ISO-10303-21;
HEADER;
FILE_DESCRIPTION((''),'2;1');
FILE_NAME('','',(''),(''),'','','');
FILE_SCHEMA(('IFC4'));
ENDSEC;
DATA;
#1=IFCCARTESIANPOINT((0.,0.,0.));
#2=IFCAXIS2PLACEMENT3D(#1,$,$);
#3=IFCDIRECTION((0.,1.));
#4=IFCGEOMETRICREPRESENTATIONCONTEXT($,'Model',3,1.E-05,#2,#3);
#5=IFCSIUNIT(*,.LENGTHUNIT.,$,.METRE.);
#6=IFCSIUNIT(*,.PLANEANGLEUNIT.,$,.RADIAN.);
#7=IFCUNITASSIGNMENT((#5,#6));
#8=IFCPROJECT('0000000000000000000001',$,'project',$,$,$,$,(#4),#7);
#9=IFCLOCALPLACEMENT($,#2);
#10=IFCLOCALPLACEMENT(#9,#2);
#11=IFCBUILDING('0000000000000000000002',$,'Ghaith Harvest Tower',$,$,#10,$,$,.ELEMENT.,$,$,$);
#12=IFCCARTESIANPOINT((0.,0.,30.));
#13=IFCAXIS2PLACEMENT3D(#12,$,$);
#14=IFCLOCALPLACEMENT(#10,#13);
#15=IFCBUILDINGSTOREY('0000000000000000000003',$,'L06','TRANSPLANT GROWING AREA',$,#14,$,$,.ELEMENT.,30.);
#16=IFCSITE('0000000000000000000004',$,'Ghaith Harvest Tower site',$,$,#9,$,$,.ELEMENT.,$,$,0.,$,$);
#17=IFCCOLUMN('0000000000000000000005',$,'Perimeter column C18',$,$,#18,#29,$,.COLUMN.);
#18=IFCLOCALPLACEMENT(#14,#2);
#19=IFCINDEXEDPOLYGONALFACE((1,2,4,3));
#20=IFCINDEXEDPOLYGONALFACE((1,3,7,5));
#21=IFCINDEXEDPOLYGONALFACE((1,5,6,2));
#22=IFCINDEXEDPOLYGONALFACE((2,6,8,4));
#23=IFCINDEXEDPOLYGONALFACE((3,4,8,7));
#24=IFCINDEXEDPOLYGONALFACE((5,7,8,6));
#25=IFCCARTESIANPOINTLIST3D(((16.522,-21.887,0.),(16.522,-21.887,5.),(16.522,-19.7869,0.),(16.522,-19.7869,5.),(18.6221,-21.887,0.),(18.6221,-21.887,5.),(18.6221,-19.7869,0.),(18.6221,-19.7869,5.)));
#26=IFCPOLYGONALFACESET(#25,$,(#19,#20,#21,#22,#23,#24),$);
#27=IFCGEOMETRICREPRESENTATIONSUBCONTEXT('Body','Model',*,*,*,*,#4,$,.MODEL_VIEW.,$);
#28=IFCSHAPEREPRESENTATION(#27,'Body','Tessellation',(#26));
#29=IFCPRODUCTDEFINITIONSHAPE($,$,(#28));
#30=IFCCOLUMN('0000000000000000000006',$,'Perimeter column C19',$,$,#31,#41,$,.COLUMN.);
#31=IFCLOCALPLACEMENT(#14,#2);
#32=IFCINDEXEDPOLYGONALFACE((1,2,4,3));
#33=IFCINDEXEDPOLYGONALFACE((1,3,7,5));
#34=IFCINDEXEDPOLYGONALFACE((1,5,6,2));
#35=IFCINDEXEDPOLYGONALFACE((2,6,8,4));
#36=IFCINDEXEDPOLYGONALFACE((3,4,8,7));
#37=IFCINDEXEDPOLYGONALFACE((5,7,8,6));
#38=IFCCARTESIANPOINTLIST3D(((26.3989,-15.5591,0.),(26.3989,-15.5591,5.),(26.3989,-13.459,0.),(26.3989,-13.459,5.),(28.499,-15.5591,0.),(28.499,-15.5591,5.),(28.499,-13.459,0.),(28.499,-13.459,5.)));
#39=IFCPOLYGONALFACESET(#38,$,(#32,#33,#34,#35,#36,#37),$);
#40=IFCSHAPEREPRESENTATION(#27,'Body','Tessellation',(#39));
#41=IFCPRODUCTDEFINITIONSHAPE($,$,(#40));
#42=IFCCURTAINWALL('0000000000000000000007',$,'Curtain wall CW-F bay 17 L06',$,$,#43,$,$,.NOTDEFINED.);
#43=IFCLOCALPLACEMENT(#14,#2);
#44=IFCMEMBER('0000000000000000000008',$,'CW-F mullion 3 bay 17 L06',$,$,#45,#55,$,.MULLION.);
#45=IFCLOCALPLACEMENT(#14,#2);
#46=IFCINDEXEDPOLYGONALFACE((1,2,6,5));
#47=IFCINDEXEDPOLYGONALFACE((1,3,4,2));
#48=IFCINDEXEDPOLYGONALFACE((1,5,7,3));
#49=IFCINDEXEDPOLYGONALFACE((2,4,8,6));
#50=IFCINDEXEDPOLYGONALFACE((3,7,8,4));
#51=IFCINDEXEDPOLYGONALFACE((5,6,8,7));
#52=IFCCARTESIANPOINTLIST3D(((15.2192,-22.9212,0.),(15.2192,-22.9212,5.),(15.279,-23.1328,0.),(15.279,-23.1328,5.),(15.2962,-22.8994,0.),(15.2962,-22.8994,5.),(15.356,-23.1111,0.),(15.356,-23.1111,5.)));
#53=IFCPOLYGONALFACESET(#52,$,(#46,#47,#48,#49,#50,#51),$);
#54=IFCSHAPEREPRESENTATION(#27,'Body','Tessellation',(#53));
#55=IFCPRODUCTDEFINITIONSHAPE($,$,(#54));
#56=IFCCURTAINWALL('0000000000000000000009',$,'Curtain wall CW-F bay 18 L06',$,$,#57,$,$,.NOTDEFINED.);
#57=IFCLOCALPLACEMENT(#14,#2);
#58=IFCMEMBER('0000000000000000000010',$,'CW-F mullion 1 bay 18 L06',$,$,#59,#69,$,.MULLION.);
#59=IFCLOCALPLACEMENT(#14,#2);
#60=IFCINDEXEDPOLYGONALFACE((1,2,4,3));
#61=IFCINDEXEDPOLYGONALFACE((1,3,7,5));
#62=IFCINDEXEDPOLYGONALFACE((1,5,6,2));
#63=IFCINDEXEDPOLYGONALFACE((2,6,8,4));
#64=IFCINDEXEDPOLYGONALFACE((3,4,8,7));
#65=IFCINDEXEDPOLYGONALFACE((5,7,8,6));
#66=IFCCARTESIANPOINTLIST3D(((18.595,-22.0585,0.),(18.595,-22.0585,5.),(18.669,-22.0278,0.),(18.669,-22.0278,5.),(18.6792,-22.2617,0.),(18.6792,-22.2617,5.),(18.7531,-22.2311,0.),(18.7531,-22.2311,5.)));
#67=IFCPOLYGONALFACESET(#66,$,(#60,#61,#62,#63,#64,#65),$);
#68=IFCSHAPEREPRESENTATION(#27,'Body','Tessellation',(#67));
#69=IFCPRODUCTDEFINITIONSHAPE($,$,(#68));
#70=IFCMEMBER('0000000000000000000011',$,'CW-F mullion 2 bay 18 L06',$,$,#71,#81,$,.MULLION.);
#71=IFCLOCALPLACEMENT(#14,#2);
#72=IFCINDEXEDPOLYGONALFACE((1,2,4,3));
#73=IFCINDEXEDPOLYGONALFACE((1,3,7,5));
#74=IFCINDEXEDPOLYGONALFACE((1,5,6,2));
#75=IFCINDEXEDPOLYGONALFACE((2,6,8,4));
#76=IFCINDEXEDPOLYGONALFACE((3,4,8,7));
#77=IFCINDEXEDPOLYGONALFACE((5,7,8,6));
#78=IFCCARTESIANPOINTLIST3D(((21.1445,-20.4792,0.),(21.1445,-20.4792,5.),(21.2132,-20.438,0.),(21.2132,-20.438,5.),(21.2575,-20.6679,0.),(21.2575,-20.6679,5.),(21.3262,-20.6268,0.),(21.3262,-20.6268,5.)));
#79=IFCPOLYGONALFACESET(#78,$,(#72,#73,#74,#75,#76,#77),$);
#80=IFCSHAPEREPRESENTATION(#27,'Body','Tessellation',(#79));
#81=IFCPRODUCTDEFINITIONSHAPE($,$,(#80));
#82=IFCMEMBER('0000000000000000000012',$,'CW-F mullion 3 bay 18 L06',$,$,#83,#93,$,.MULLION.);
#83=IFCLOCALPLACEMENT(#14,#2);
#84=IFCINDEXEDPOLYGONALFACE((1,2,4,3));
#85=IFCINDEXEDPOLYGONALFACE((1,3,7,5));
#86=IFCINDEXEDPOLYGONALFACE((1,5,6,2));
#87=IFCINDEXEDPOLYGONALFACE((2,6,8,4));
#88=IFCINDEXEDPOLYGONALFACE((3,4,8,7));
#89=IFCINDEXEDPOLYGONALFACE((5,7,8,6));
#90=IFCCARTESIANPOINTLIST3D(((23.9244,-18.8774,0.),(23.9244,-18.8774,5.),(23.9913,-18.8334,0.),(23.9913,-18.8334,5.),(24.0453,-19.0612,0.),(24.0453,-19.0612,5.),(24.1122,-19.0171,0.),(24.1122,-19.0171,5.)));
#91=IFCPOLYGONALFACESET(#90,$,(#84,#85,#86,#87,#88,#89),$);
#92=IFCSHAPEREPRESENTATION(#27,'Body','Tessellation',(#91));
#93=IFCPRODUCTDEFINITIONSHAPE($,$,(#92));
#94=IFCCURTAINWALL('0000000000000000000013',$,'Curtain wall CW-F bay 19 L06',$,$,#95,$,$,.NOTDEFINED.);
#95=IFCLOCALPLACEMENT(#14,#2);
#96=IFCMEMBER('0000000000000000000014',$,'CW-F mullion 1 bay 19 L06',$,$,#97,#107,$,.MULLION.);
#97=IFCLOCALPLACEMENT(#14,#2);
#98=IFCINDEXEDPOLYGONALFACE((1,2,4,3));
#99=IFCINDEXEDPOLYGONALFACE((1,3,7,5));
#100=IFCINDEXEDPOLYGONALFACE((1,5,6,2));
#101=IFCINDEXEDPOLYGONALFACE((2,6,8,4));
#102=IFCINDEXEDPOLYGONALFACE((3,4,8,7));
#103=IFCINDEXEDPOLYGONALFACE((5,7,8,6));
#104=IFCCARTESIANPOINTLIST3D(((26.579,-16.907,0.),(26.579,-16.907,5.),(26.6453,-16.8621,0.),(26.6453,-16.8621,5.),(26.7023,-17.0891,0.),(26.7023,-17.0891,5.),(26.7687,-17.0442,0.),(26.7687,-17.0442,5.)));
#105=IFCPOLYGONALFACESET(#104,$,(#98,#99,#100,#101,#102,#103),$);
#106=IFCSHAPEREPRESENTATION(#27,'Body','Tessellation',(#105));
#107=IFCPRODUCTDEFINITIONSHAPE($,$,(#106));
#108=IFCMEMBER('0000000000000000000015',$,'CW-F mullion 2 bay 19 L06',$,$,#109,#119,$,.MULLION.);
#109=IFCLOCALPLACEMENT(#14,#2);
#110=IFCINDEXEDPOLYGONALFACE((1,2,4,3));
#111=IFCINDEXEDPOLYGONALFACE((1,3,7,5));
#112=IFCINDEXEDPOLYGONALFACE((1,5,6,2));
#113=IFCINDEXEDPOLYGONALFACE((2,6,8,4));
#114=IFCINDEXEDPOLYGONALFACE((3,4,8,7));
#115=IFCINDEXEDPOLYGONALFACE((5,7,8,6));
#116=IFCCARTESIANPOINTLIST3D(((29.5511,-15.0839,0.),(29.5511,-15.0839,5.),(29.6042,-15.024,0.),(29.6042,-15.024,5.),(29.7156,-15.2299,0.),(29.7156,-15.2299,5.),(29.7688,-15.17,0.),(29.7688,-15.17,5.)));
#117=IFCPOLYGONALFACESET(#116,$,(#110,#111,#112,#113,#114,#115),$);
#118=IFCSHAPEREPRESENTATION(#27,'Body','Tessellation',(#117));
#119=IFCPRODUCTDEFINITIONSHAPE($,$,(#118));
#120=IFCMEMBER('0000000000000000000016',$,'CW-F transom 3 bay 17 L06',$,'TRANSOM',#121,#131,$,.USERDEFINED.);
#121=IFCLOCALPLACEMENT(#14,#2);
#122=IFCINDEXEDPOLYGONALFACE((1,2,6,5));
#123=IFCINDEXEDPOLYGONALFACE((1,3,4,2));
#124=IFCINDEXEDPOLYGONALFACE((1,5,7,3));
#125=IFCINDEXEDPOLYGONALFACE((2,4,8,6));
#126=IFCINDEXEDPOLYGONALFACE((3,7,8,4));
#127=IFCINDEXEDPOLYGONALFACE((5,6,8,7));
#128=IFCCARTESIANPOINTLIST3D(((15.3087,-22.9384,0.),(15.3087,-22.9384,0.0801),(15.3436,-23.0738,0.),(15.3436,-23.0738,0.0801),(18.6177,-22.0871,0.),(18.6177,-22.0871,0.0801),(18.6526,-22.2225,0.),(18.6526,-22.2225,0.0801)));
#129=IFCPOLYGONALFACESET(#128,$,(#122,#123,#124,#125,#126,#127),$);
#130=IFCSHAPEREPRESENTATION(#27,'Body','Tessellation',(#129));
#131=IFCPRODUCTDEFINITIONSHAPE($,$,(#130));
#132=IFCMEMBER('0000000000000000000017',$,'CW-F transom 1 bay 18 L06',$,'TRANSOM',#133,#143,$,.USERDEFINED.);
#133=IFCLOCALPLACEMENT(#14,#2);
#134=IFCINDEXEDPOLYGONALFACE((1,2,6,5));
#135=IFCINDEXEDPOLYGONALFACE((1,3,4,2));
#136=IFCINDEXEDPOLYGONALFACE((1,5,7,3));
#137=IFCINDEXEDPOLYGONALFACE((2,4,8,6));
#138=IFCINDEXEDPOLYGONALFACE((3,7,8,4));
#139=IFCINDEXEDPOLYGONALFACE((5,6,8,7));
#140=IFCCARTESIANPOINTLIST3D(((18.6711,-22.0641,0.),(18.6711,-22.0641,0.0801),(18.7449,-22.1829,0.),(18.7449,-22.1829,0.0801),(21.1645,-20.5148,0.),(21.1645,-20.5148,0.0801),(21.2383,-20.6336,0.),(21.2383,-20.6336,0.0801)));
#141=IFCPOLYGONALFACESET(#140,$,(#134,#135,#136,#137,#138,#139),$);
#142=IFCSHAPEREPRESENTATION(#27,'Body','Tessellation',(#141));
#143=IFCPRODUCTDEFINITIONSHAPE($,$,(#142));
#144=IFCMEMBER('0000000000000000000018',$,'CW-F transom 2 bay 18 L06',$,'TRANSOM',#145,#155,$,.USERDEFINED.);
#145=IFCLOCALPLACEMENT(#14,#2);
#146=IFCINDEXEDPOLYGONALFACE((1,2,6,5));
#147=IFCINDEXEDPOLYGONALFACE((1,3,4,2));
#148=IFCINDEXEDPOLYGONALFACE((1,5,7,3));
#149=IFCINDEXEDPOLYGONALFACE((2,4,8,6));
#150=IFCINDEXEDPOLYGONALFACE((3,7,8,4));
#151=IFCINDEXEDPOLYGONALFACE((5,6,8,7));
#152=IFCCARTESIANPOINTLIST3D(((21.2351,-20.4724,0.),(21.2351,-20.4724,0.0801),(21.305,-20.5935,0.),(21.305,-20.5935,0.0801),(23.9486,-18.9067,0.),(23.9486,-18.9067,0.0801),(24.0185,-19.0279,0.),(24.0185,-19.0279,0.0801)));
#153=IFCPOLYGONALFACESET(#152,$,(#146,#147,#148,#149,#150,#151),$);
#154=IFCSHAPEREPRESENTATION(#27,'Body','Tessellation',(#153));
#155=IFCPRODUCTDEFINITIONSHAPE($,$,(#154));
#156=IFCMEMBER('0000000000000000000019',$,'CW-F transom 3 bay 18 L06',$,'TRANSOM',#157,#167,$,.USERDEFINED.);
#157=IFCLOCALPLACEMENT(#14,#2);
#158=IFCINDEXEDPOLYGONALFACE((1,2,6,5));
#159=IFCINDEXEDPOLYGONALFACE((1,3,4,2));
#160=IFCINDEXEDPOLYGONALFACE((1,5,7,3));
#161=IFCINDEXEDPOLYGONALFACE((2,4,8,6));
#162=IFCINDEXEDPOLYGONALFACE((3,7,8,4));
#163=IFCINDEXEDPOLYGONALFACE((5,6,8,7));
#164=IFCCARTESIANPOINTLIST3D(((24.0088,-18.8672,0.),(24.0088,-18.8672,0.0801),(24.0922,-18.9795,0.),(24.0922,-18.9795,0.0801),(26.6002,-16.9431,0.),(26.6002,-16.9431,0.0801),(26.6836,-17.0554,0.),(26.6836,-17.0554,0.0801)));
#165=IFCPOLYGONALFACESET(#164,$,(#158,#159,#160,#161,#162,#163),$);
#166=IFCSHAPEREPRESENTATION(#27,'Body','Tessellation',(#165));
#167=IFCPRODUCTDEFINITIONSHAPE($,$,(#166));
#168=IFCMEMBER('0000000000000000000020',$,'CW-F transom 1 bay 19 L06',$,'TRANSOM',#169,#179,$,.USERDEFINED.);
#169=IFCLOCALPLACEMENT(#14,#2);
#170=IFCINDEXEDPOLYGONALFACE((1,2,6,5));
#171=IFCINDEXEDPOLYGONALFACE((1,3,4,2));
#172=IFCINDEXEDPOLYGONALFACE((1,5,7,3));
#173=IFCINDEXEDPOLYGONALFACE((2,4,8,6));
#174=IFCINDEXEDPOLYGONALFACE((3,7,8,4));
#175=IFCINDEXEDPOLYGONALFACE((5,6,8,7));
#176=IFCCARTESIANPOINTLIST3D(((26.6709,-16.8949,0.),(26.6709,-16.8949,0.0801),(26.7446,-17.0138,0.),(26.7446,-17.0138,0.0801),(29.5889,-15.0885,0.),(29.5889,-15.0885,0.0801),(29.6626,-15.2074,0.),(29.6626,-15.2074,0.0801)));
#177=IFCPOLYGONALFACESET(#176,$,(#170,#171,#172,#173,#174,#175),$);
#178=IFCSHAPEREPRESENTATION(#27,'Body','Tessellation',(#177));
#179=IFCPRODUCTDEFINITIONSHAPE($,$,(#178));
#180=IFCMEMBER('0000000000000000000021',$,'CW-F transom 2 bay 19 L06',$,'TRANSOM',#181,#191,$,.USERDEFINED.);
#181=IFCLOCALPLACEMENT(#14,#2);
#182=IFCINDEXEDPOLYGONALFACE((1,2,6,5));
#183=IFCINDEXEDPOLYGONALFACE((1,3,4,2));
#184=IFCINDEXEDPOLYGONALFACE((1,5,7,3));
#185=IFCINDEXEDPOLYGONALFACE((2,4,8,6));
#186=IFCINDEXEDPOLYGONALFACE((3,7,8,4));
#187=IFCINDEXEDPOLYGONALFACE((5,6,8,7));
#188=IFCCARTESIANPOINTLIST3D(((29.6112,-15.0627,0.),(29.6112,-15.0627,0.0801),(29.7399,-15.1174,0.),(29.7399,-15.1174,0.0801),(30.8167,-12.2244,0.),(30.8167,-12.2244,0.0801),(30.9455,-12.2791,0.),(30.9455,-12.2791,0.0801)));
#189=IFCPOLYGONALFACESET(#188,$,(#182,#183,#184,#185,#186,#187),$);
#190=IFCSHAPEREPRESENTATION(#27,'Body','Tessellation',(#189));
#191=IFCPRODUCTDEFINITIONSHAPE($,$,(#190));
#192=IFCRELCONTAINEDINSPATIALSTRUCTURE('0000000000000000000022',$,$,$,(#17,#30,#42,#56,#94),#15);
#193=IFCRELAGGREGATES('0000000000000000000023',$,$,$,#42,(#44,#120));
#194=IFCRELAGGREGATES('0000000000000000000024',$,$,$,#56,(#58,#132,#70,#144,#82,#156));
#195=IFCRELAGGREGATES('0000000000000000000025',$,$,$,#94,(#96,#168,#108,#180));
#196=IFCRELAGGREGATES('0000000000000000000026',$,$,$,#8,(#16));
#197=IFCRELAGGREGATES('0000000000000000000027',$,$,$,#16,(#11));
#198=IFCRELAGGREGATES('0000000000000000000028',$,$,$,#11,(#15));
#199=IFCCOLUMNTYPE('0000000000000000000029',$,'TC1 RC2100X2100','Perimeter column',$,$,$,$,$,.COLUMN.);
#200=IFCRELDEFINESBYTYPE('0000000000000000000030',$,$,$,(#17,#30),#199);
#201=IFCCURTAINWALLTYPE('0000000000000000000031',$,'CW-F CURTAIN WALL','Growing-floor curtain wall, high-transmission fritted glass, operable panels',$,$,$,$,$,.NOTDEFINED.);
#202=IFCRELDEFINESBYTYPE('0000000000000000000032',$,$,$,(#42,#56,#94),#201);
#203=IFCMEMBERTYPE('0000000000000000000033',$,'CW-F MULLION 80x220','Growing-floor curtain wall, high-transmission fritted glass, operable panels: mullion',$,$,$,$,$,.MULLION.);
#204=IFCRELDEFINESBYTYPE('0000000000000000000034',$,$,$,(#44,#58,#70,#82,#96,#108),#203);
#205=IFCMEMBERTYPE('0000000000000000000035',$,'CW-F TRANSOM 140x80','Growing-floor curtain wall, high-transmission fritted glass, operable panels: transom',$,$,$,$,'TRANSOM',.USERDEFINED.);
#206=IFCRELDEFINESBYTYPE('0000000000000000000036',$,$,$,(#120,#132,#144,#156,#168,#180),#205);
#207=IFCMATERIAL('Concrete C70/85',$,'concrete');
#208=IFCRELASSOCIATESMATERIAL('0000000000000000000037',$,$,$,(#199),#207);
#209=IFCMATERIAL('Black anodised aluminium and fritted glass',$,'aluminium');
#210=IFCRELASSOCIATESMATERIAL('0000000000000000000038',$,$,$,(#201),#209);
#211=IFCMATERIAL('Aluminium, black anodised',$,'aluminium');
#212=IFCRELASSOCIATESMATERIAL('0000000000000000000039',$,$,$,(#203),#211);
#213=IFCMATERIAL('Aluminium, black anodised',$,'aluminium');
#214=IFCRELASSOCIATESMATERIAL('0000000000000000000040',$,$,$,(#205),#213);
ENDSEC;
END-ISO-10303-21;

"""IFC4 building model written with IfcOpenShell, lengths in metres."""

from ifc_helpers import new_model, si_unit, direction, frame, origin, origin_2d, place, context, subcontext, project, spatial, rectangle, extrude, material, material_profile, profile_set, type_object, element, aggregate, save


model = new_model("IFC4")

# Units and contexts
model_context = context("Model", 3, precision=1e-05, world=origin(), true_north=direction((0.0, 1.0)))
body_context = subcontext(model_context, "Body", "Model", "MODEL_VIEW")
ifc_project = project(units=[si_unit("LENGTHUNIT", "METRE"), si_unit("PLANEANGLEUNIT", "RADIAN")], contexts=[model_context])

# Site, building, storey
site_placement = place(None, origin())
site = spatial("IfcSite", under=ifc_project, at=site_placement, Name="Ghaith Harvest Tower site", CompositionType="ELEMENT", RefElevation=0.0)
building_placement = place(site_placement, origin())
building = spatial("IfcBuilding", under=site, at=building_placement, Name="Ghaith Harvest Tower", CompositionType="ELEMENT")
storey_placement = place(building_placement, frame((0.0, 0.0, 30.0)))
storey = spatial("IfcBuildingStorey", under=building, at=storey_placement, Name="L06", Description="TRANSPLANT GROWING AREA", CompositionType="ELEMENT", Elevation=30.0)

# Columns
ifc_material_1 = material(Name="Concrete C70/85", Category="concrete")
ifc_material_profile_1 = material_profile(ifc_material_1, rectangle(XDim=2.1001, YDim=2.1001, at=origin_2d()), Name="RC2100X2100")
ifc_profile_set_1 = profile_set([ifc_material_profile_1], Name="Concrete C70/85")
column_type = type_object("IfcColumnType", Name="TC1 RC2100X2100", Description="Perimeter column", PredefinedType="COLUMN", material=ifc_profile_set_1)
for number, where, z_axis, x_axis, name in (
    (1, (17.572, -20.8369, 0.0), (0.0, 0.0, 1.0), (1.0, 0.0, 0.0), "Perimeter column C18"),
    (2, (27.449, -14.509, 0.0), (0.0, 0.0, 1.0), (1.0, 0.0, 0.0), "Perimeter column C19"),
):
    element("IfcColumn", number, at=place(storey_placement, frame(where, z_axis=z_axis, x_axis=x_axis)), inside=storey, type_object=column_type, Name=name, PredefinedType="COLUMN", context=body_context, shape_type="SweptSolid", body=[
        extrude(rectangle(XDim=2.1001, YDim=2.1001, at=origin_2d()), origin(), (0.0, 0.0, 1.0), 5.0),
    ])

# Curtain wall, member
ifc_material_2 = material(Name="Black anodised aluminium and fritted glass", Category="aluminium")
curtain_wall_type = type_object("IfcCurtainWallType", Name="CW-F CURTAIN WALL", Description="Growing-floor curtain wall, high-transmission fritted glass, operable panels", PredefinedType="NOTDEFINED", material=ifc_material_2)
curtain_wall_1_placement = place(storey_placement, origin())
curtain_wall_1 = element("IfcCurtainWall", 3, at=curtain_wall_1_placement, inside=storey, type_object=curtain_wall_type, Name="Curtain wall CW-F bay 17 L06", PredefinedType="NOTDEFINED")
ifc_material_3 = material(Name="Aluminium, black anodised", Category="aluminium")
ifc_material_profile_2 = material_profile(ifc_material_3, rectangle(XDim=0.0801, YDim=0.22, at=origin_2d()), Name="CW-F MULLION 80x220")
ifc_profile_set_2 = profile_set([ifc_material_profile_2], Name="Aluminium, black anodised")
member_type_1 = type_object("IfcMemberType", Name="CW-F MULLION 80x220", Description="Growing-floor curtain wall, high-transmission fritted glass, operable panels: mullion", PredefinedType="MULLION", material=ifc_profile_set_2)
member_1_placement = place(storey_placement, frame((15.2876, -23.0161, 0.0), z_axis=(0.0, 0.0, 1.0), x_axis=(0.962313, 0.271944, 0.0)))
member_1 = element("IfcMember", 4, at=member_1_placement, type_object=member_type_1, Name="CW-F mullion 3 bay 17 L06", PredefinedType="MULLION", context=body_context, shape_type="SweptSolid", body=[
    extrude(rectangle(XDim=0.0801, YDim=0.22, at=origin_2d()), origin(), (0.0, 0.0, 1.0), 5.0),
])

# Curtain walls, members
curtain_wall_2_placement = place(storey_placement, origin())
curtain_wall_2 = element("IfcCurtainWall", 5, at=curtain_wall_2_placement, inside=storey, type_object=curtain_wall_type, Name="Curtain wall CW-F bay 18 L06", PredefinedType="NOTDEFINED")
member_2_placement = place(storey_placement, frame((18.6741, -22.1448, 0.0), z_axis=(0.0, 0.0, 1.0), x_axis=(0.92391, 0.382609, 0.0)))
member_2 = element("IfcMember", 6, at=member_2_placement, type_object=member_type_1, Name="CW-F mullion 1 bay 18 L06", PredefinedType="MULLION", context=body_context, shape_type="SweptSolid", body=[
    extrude(rectangle(XDim=0.0801, YDim=0.22, at=origin_2d()), origin(), (0.0, 0.0, 1.0), 5.0),
])
member_3_placement = place(storey_placement, frame((21.2354, -20.553, 0.0), z_axis=(0.0, 0.0, 1.0), x_axis=(0.85814, 0.513415, 0.0)))
member_3 = element("IfcMember", 7, at=member_3_placement, type_object=member_type_1, Name="CW-F mullion 2 bay 18 L06", PredefinedType="MULLION", context=body_context, shape_type="SweptSolid", body=[
    extrude(rectangle(XDim=0.0801, YDim=0.22, at=origin_2d()), origin(), (0.0, 0.0, 1.0), 5.0),
])
member_4_placement = place(storey_placement, frame((24.0183, -18.9473, 0.0), z_axis=(0.0, 0.0, 1.0), x_axis=(0.835444, 0.549576, 0.0)))
member_4 = element("IfcMember", 8, at=member_4_placement, type_object=member_type_1, Name="CW-F mullion 3 bay 18 L06", PredefinedType="MULLION", context=body_context, shape_type="SweptSolid", body=[
    extrude(rectangle(XDim=0.0801, YDim=0.22, at=origin_2d()), origin(), (0.0, 0.0, 1.0), 5.0),
])
curtain_wall_3_placement = place(storey_placement, origin())
curtain_wall_3 = element("IfcCurtainWall", 9, at=curtain_wall_3_placement, inside=storey, type_object=curtain_wall_type, Name="Curtain wall CW-F bay 19 L06", PredefinedType="NOTDEFINED")
member_5_placement = place(storey_placement, frame((26.6738, -16.9756, 0.0), z_axis=(0.0, 0.0, 1.0), x_axis=(0.828002, 0.560725, 0.0)))
member_5 = element("IfcMember", 10, at=member_5_placement, type_object=member_type_1, Name="CW-F mullion 1 bay 19 L06", PredefinedType="MULLION", context=body_context, shape_type="SweptSolid", body=[
    extrude(rectangle(XDim=0.0801, YDim=0.22, at=origin_2d()), origin(), (0.0, 0.0, 1.0), 5.0),
])
member_6_placement = place(storey_placement, frame((29.6599, -15.127, 0.0), z_axis=(0.0, 0.0, 1.0), x_axis=(0.663605, 0.748083, 0.0)))
member_6 = element("IfcMember", 11, at=member_6_placement, type_object=member_type_1, Name="CW-F mullion 2 bay 19 L06", PredefinedType="MULLION", context=body_context, shape_type="SweptSolid", body=[
    extrude(rectangle(XDim=0.0801, YDim=0.22, at=origin_2d()), origin(), (0.0, 0.0, 1.0), 5.0),
])

# Members
ifc_material_4 = material(Name="Aluminium, black anodised", Category="aluminium")
ifc_material_profile_3 = material_profile(ifc_material_4, rectangle(XDim=0.1399, YDim=0.0801, at=origin_2d()), Name="CW-F TRANSOM 140x80")
ifc_profile_set_3 = profile_set([ifc_material_profile_3], Name="Aluminium, black anodised")
member_type_2 = type_object("IfcMemberType", Name="CW-F TRANSOM 140x80", Description="Growing-floor curtain wall, high-transmission fritted glass, operable panels: transom", ElementType="TRANSOM", PredefinedType="USERDEFINED", material=ifc_profile_set_3)
member_7_placement = place(storey_placement, frame((15.3262, -23.0061, 0.04), z_axis=(0.968464, 0.249154, 0.0), x_axis=(-0.249154, 0.968464, 0.0)))
member_7 = element("IfcMember", 12, at=member_7_placement, type_object=member_type_2, Name="CW-F transom 3 bay 17 L06", ObjectType="TRANSOM", PredefinedType="USERDEFINED", context=body_context, shape_type="SweptSolid", body=[
    extrude(rectangle(XDim=0.1399, YDim=0.0801, at=origin_2d()), origin(), (0.0, 0.0, 1.0), 3.4167),
])
member_8_placement = place(storey_placement, frame((18.708, -22.1235, 0.04), z_axis=(0.849383, 0.527777, 0.0), x_axis=(-0.527777, 0.849383, 0.0)))
member_8 = element("IfcMember", 13, at=member_8_placement, type_object=member_type_2, Name="CW-F transom 1 bay 18 L06", ObjectType="TRANSOM", PredefinedType="USERDEFINED", context=body_context, shape_type="SweptSolid", body=[
    extrude(rectangle(XDim=0.1399, YDim=0.0801, at=origin_2d()), origin(), (0.0, 0.0, 1.0), 2.9355),
])
member_9_placement = place(storey_placement, frame((21.27, -20.533, 0.04), z_axis=(0.866169, 0.499752, 0.0), x_axis=(-0.499752, 0.866169, 0.0)))
member_9 = element("IfcMember", 14, at=member_9_placement, type_object=member_type_2, Name="CW-F transom 2 bay 18 L06", ObjectType="TRANSOM", PredefinedType="USERDEFINED", context=body_context, shape_type="SweptSolid", body=[
    extrude(rectangle(XDim=0.1399, YDim=0.0801, at=origin_2d()), origin(), (0.0, 0.0, 1.0), 3.1328),
])
member_10_placement = place(storey_placement, frame((24.0505, -18.9233, 0.04), z_axis=(0.802877, 0.596144, 0.0), x_axis=(-0.596144, 0.802877, 0.0)))
member_10 = element("IfcMember", 15, at=member_10_placement, type_object=member_type_2, Name="CW-F transom 3 bay 18 L06", ObjectType="TRANSOM", PredefinedType="USERDEFINED", context=body_context, shape_type="SweptSolid", body=[
    extrude(rectangle(XDim=0.1399, YDim=0.0801, at=origin_2d()), origin(), (0.0, 0.0, 1.0), 3.2275),
])
member_11_placement = place(storey_placement, frame((26.7078, -16.9543, 0.04), z_axis=(0.850261, 0.526362, 0.0), x_axis=(-0.526362, 0.850261, 0.0)))
member_11 = element("IfcMember", 16, at=member_11_placement, type_object=member_type_2, Name="CW-F transom 1 bay 19 L06", ObjectType="TRANSOM", PredefinedType="USERDEFINED", context=body_context, shape_type="SweptSolid", body=[
    extrude(rectangle(XDim=0.1399, YDim=0.0801, at=origin_2d()), origin(), (0.0, 0.0, 1.0), 3.4319),
])
member_12_placement = place(storey_placement, frame((29.6755, -15.0901, 0.04), z_axis=(0.390936, 0.920418, 0.0), x_axis=(-0.920418, 0.390936, 0.0)))
member_12 = element("IfcMember", 17, at=member_12_placement, type_object=member_type_2, Name="CW-F transom 2 bay 19 L06", ObjectType="TRANSOM", PredefinedType="USERDEFINED", context=body_context, shape_type="SweptSolid", body=[
    extrude(rectangle(XDim=0.1399, YDim=0.0801, at=origin_2d()), origin(), (0.0, 0.0, 1.0), 3.0837),
])

aggregate(curtain_wall_1, [member_1, member_7])
aggregate(curtain_wall_2, [member_2, member_8, member_3, member_9, member_4, member_10])
aggregate(curtain_wall_3, [member_5, member_11, member_6, member_12])

save(model, "model.ifc")
